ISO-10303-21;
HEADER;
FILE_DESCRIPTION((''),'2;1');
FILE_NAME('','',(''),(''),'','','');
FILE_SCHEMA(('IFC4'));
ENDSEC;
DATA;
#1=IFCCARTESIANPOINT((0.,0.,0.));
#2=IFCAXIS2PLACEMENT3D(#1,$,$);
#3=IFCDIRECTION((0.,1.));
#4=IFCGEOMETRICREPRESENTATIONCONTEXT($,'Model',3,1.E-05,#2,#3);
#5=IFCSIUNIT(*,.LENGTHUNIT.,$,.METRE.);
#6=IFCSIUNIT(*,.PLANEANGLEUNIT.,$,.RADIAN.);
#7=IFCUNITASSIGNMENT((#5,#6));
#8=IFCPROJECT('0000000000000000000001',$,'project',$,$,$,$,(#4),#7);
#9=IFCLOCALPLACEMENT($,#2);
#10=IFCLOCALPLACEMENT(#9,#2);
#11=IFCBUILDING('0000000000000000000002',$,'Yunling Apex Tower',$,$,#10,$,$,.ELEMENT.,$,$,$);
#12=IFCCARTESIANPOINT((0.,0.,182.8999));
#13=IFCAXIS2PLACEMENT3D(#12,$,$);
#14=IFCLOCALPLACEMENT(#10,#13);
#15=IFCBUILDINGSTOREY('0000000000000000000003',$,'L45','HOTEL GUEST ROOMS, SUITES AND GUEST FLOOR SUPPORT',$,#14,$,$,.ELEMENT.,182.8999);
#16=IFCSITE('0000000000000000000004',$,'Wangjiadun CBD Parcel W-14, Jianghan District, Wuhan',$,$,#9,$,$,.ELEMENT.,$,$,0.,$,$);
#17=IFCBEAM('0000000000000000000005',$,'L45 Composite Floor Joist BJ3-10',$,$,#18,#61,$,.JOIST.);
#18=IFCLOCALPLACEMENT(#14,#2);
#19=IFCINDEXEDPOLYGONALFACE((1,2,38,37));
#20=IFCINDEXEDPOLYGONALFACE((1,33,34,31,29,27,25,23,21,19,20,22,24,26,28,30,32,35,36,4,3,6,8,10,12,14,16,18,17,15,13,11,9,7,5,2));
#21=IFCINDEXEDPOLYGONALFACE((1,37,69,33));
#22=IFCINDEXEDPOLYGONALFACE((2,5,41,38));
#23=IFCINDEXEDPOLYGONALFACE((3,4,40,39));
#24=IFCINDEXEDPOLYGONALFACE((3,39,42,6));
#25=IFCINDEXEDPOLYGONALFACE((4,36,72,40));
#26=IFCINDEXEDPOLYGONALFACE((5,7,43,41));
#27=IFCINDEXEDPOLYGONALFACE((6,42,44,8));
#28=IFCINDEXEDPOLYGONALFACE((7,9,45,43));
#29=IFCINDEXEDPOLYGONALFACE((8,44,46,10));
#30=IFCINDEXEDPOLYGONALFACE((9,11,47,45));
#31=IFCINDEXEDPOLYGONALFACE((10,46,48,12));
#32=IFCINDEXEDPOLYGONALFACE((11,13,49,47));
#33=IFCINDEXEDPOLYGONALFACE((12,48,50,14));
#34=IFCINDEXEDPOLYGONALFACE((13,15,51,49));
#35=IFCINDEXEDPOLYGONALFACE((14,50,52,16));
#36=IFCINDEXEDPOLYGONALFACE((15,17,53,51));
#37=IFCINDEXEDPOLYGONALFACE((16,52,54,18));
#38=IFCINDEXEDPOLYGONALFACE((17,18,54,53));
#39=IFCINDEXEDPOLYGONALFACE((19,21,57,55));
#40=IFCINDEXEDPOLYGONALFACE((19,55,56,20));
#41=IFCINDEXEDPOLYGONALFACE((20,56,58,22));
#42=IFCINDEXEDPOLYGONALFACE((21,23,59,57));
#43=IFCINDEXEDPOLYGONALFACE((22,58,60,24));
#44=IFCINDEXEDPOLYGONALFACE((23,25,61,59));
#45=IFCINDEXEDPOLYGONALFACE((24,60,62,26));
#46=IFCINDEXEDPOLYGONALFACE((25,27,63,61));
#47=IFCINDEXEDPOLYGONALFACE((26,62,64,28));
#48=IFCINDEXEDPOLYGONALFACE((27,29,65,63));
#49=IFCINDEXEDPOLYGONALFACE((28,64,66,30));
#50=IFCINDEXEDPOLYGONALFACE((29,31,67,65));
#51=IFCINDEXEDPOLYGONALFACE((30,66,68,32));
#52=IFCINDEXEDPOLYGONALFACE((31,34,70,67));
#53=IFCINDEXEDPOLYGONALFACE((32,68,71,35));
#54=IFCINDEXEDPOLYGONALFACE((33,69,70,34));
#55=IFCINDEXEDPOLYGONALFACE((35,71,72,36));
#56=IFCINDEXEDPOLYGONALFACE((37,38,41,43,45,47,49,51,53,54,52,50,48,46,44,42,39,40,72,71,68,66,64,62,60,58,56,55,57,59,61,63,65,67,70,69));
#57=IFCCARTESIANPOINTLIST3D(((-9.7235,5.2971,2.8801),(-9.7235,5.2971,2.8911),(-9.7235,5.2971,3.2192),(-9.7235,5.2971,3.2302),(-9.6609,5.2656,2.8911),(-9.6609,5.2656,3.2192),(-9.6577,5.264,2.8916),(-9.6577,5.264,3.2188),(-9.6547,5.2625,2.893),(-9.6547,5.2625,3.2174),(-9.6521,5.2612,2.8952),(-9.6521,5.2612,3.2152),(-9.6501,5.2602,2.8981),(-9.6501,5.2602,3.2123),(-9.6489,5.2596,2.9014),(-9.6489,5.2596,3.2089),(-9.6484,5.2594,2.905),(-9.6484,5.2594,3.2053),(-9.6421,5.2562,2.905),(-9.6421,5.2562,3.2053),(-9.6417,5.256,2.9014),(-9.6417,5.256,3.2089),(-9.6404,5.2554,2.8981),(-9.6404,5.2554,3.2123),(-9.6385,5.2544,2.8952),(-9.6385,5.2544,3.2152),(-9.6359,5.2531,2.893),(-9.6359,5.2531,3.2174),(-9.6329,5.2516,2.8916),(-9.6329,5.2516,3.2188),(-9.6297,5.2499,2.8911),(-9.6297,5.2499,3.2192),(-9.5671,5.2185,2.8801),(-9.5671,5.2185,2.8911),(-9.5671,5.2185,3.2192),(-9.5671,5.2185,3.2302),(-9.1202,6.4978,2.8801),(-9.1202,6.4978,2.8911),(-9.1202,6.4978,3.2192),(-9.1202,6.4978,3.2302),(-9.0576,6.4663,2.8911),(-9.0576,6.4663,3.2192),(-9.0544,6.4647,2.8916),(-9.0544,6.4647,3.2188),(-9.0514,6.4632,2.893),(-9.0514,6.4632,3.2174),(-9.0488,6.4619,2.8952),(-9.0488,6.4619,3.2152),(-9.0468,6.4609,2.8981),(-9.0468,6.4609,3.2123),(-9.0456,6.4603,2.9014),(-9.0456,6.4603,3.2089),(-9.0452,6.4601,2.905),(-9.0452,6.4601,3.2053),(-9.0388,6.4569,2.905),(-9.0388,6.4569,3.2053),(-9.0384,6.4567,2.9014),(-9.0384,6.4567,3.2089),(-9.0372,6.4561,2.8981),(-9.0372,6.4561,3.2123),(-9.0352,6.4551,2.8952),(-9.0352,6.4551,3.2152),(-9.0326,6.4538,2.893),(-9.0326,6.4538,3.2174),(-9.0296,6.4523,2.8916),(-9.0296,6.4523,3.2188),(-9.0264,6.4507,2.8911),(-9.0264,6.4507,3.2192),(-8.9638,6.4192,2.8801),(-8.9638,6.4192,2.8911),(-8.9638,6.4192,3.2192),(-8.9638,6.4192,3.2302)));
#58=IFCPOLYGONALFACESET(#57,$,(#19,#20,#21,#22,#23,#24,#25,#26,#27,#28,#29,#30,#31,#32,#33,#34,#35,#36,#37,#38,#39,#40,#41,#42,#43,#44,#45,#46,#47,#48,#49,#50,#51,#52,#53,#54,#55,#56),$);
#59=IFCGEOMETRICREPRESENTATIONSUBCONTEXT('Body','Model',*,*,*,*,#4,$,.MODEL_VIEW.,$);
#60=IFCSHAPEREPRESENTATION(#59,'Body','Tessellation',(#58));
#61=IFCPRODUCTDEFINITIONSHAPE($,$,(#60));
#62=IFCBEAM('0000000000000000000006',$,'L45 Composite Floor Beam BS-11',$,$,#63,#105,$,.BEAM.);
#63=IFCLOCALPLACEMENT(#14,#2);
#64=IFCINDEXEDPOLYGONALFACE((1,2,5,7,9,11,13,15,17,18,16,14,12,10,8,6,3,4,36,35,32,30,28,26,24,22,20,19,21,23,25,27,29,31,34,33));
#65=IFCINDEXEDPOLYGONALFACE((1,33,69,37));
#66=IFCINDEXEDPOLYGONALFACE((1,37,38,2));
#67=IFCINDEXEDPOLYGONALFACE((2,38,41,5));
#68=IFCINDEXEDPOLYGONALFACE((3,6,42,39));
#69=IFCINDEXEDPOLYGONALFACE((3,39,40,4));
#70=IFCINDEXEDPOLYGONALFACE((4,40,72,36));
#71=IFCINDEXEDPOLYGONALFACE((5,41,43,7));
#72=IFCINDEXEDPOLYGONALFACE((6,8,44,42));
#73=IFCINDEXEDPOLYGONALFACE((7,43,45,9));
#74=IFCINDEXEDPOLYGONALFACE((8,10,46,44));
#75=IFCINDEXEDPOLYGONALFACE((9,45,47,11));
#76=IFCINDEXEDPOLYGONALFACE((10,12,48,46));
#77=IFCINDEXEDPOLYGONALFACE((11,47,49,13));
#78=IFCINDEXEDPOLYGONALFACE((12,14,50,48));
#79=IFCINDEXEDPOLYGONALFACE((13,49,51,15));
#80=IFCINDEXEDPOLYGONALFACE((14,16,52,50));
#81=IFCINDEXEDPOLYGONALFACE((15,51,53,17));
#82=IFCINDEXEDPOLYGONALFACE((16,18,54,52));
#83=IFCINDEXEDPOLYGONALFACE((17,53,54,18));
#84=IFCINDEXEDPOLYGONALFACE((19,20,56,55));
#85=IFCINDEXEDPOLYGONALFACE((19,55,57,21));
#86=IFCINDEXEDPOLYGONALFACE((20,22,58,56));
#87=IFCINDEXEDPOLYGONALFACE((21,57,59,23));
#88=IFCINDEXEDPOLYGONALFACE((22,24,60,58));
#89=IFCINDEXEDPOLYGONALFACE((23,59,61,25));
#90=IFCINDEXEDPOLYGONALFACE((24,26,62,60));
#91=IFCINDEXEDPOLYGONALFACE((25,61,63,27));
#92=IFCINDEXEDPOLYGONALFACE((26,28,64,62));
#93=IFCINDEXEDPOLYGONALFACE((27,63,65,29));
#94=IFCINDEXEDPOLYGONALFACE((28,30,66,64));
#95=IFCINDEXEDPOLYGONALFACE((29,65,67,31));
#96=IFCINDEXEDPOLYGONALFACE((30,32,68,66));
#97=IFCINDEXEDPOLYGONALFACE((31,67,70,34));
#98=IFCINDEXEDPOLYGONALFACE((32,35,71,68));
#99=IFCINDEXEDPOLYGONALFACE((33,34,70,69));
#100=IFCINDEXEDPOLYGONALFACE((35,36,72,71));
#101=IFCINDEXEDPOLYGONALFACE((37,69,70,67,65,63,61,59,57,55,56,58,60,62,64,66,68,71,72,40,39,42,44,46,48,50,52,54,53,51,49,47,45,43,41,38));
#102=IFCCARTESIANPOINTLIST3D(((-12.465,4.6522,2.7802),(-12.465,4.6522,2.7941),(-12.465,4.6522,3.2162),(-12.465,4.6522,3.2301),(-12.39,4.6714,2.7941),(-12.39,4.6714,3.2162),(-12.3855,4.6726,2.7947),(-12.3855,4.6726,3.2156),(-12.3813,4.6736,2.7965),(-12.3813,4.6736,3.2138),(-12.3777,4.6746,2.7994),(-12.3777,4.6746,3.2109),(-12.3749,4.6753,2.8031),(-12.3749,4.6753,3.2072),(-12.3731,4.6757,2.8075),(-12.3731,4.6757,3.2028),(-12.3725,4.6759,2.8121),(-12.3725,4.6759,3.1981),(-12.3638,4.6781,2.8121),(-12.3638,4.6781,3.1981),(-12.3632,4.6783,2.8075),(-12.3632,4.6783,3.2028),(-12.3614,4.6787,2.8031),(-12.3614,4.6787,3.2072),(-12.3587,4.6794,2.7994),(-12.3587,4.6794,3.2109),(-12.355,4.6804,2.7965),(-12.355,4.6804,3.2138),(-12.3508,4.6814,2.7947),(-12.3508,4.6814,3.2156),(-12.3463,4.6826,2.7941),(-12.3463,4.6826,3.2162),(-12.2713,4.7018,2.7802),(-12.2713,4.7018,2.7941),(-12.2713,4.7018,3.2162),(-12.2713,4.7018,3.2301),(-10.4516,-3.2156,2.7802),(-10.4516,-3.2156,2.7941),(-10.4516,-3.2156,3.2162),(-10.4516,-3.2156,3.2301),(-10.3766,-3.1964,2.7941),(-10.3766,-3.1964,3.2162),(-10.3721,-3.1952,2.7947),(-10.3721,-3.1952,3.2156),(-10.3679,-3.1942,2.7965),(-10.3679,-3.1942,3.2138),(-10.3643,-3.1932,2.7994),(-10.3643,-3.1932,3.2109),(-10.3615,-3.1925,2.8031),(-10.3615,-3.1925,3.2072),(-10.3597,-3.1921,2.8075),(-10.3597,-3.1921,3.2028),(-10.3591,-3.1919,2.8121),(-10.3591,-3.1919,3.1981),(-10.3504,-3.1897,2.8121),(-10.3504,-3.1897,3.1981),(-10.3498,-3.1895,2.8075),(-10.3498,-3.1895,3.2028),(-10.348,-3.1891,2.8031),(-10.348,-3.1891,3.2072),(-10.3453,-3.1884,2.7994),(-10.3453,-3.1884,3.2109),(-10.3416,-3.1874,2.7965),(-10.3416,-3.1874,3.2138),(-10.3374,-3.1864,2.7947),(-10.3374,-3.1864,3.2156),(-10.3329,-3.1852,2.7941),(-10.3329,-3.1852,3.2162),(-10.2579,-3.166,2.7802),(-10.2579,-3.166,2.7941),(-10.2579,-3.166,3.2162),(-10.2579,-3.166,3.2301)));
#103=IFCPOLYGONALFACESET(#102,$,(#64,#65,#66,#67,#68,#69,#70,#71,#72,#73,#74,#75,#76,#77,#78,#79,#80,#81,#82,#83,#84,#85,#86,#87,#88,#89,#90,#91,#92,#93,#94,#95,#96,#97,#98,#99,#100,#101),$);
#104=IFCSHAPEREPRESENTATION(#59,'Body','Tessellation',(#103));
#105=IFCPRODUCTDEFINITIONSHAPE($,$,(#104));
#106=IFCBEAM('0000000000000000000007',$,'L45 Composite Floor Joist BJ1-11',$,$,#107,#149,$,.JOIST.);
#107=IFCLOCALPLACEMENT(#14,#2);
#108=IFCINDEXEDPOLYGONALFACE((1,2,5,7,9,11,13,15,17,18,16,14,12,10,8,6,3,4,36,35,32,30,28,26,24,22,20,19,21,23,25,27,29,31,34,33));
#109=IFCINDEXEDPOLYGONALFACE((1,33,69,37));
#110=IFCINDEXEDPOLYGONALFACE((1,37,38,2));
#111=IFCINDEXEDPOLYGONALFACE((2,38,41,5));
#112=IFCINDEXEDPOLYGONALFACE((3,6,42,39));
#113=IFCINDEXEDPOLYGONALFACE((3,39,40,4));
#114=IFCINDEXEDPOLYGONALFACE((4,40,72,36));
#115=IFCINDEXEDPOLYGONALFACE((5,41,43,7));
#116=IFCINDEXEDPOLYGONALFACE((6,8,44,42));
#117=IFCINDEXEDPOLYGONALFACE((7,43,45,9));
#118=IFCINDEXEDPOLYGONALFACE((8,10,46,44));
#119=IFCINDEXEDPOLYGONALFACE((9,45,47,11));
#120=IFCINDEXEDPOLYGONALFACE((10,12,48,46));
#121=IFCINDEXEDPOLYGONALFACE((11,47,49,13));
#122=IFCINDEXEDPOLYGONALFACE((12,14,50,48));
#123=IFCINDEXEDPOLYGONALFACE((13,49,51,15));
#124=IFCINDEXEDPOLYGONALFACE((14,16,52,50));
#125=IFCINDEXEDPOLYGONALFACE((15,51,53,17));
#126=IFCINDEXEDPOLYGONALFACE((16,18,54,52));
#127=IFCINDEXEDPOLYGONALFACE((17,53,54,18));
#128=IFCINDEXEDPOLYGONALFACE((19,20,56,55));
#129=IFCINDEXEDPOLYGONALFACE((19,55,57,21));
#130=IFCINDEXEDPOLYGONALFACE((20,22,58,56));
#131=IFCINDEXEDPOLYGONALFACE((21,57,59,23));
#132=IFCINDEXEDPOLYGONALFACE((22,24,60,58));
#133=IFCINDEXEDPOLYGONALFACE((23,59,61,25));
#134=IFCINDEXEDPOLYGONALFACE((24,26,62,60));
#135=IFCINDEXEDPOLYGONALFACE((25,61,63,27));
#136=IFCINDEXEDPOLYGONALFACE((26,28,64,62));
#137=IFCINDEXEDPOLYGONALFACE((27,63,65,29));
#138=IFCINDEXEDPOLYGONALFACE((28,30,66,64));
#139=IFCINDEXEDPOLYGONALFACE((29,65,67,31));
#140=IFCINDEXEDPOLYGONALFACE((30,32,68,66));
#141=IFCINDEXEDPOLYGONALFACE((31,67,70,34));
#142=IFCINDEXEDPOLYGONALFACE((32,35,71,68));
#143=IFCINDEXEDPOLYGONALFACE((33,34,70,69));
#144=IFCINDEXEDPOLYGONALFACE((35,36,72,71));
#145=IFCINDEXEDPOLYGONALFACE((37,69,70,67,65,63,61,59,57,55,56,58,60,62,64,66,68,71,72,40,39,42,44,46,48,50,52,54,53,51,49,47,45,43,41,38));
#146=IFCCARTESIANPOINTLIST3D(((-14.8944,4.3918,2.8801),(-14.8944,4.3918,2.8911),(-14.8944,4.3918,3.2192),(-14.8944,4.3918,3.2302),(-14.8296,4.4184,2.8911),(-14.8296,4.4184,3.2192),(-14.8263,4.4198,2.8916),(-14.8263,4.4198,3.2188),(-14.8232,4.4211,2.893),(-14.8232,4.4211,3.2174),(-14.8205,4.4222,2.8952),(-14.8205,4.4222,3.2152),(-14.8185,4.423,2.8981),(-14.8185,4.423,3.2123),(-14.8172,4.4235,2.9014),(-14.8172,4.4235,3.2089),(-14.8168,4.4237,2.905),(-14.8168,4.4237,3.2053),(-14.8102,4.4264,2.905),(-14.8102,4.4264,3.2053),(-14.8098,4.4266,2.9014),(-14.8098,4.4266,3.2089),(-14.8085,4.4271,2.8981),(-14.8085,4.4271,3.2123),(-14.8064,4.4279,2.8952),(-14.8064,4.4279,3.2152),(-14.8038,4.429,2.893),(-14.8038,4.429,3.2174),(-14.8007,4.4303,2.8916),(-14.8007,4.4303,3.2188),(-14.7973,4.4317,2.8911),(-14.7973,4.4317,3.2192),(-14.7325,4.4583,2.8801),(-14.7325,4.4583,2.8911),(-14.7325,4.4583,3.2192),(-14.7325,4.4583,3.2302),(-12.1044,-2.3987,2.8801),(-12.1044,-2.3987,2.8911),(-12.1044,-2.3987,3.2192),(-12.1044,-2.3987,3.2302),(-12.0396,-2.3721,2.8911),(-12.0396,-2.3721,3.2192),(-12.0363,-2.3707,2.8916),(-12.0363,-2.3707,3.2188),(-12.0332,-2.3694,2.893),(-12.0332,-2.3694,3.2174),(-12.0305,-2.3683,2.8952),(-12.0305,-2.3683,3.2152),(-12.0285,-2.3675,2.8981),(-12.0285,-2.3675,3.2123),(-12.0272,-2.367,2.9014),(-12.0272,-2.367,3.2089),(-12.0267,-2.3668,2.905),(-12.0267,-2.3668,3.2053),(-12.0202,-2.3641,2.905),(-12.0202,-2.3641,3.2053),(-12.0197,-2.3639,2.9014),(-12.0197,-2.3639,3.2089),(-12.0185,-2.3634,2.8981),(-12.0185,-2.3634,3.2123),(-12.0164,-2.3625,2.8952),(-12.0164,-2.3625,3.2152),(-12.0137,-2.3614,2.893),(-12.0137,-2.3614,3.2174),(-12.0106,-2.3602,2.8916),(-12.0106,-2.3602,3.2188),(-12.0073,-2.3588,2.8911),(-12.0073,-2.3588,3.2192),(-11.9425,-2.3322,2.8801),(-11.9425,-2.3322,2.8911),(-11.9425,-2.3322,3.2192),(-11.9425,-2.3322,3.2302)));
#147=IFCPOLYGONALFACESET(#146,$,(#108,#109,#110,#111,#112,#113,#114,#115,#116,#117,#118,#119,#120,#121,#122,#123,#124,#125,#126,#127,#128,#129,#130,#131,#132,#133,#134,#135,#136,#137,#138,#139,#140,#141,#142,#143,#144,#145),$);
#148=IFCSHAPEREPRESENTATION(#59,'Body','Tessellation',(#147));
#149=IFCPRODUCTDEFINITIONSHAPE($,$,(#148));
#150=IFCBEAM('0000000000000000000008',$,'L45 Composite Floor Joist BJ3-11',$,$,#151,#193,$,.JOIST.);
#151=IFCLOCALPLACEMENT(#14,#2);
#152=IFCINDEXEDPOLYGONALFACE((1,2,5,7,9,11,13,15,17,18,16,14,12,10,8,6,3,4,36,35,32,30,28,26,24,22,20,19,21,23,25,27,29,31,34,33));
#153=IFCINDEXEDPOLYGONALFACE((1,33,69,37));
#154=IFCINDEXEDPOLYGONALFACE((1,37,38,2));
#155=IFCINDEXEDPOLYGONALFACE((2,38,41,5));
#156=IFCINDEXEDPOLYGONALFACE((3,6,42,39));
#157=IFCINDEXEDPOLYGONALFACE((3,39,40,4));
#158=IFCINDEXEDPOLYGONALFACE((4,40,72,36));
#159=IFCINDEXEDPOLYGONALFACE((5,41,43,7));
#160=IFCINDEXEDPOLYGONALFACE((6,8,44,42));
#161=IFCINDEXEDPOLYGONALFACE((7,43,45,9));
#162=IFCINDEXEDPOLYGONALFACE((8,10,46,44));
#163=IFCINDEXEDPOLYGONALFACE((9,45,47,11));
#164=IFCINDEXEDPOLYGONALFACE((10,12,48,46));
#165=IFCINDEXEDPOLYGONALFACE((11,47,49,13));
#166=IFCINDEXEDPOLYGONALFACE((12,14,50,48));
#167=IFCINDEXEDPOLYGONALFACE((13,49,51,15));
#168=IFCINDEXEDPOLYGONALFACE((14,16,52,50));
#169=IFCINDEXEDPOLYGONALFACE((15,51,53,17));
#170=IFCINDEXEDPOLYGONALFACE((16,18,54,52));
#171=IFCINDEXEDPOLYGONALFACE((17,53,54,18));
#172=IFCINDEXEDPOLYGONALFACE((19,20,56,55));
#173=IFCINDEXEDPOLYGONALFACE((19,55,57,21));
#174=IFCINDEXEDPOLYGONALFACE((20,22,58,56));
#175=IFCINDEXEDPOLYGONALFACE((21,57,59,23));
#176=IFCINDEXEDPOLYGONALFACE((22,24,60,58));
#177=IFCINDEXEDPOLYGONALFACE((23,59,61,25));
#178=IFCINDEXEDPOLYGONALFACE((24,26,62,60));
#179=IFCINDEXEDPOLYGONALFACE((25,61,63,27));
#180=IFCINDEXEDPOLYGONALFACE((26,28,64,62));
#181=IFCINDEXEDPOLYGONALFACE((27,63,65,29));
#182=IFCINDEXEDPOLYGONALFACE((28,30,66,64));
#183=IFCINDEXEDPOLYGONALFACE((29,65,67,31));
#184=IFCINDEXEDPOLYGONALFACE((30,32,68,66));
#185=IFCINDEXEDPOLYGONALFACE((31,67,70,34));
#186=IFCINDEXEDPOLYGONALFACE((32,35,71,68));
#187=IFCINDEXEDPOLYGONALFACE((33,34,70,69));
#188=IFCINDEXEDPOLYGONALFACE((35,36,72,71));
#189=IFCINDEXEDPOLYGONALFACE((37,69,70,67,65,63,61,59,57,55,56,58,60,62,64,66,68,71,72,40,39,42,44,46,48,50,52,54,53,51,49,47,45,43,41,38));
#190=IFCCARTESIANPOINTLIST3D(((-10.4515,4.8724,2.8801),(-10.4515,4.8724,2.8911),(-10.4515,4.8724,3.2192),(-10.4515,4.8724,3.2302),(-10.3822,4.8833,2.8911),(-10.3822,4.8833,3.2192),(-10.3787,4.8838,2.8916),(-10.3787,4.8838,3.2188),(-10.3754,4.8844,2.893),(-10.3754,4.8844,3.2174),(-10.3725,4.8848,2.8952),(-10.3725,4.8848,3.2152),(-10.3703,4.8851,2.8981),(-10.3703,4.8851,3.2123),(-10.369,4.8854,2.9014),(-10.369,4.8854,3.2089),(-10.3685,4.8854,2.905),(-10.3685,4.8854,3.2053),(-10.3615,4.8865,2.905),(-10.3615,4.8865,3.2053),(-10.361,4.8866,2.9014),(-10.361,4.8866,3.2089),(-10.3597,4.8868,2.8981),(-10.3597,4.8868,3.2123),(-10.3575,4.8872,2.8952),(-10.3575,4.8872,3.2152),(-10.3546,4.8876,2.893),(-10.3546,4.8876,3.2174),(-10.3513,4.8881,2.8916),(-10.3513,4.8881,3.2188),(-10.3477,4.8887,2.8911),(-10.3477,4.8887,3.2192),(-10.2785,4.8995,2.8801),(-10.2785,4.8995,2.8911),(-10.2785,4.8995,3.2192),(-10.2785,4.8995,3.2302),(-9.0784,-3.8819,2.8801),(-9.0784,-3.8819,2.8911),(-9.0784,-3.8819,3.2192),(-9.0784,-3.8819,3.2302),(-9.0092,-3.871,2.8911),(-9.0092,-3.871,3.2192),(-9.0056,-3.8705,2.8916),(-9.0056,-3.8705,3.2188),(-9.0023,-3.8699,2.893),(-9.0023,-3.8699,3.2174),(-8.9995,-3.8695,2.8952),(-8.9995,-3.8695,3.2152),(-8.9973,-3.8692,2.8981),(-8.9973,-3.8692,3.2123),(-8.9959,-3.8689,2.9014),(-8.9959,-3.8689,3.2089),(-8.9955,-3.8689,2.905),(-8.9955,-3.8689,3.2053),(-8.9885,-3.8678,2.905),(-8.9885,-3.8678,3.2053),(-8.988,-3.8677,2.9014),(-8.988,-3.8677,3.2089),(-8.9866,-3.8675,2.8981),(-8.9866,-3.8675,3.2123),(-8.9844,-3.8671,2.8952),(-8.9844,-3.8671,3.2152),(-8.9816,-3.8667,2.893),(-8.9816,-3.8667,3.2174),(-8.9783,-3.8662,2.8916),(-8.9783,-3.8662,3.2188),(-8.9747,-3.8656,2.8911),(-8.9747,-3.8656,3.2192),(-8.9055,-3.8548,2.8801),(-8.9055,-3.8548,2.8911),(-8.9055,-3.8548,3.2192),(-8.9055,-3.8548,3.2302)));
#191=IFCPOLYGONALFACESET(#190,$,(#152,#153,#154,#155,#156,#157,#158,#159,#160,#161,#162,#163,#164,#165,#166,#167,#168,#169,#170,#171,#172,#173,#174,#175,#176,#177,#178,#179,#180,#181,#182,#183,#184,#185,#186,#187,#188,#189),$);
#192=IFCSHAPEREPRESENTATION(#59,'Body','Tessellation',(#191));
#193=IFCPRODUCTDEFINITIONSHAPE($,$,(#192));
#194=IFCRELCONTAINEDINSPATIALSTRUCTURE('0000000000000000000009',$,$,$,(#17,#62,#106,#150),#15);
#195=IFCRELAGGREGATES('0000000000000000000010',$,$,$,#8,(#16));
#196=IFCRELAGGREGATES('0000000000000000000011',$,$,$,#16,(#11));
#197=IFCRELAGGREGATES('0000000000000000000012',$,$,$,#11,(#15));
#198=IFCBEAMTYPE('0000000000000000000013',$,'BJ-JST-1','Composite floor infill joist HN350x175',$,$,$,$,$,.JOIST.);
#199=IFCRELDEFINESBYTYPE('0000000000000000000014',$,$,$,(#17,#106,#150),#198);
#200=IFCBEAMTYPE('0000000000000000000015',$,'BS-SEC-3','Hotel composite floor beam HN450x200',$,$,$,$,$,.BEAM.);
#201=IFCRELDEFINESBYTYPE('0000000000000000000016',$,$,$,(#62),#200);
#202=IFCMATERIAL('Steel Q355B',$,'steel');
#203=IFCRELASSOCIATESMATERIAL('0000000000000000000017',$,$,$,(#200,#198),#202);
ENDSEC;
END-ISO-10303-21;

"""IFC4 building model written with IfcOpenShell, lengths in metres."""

from ifc_helpers import new_model, si_unit, direction, frame, origin, origin_2d, place, context, subcontext, project, spatial, i_section, extrude, source, transform, mapped, material, material_profile, profile_set, type_object, element, save


model = new_model("IFC4")

# Units and contexts
model_context = context("Model", 3, precision=1e-05, world=origin(), true_north=direction((0.0, 1.0)))
body_context = subcontext(model_context, "Body", "Model", "MODEL_VIEW")
ifc_project = project(units=[si_unit("LENGTHUNIT", "METRE"), si_unit("PLANEANGLEUNIT", "RADIAN")], contexts=[model_context])

# Site, building, storey
site_placement = place(None, origin())
site = spatial("IfcSite", under=ifc_project, at=site_placement, Name="Wangjiadun CBD Parcel W-14, Jianghan District, Wuhan", CompositionType="ELEMENT", RefElevation=0.0)
building_placement = place(site_placement, origin())
building = spatial("IfcBuilding", under=site, at=building_placement, Name="Yunling Apex Tower", CompositionType="ELEMENT")
storey_placement = place(building_placement, frame((0.0, 0.0, 182.8999)))
storey = spatial("IfcBuildingStorey", under=building, at=storey_placement, Name="L45", Description="HOTEL GUEST ROOMS, SUITES AND GUEST FLOOR SUPPORT", CompositionType="ELEMENT", Elevation=182.8999)

# Beams
ifc_material_1 = material(Name="Steel Q355B", Category="steel")
ifc_material_profile_1 = material_profile(ifc_material_1, i_section(OverallWidth=0.2, OverallDepth=0.45, WebThickness=0.009, FlangeThickness=0.0139, FilletRadius=0.0181, at=origin_2d()))
ifc_profile_set_1 = profile_set([ifc_material_profile_1], Name="Steel Q355B")
beam_type_1 = type_object("IfcBeamType", Name="BS-SEC-3", Description="Hotel composite floor beam HN450x200", PredefinedType="BEAM", material=ifc_profile_set_1)
ifc_material_profile_2 = material_profile(ifc_material_1, i_section(OverallWidth=0.175, OverallDepth=0.3501, WebThickness=0.0071, FlangeThickness=0.011, FilletRadius=0.0139, at=origin_2d()))
ifc_profile_set_2 = profile_set([ifc_material_profile_2], Name="Steel Q355B")
beam_type_2 = type_object("IfcBeamType", Name="BJ-JST-1", Description="Composite floor infill joist HN350x175", PredefinedType="JOIST", material=ifc_profile_set_2)
shared_shape_1 = source(origin(), body_context, "Body", "SweptSolid", [
    extrude(i_section(OverallWidth=0.175, OverallDepth=0.3501, WebThickness=0.0071, FlangeThickness=0.011, FilletRadius=0.0139, at=origin_2d()), origin(), (0.0, 0.0, 1.0), 1.3438),
])
beam_1_placement = place(storey_placement, frame((-9.042, 6.4585, 3.0552), z_axis=(-0.448957, -0.893553, 0.0), x_axis=(0.893553, -0.448957, 0.0)))
element("IfcBeam", 1, at=beam_1_placement, inside=storey, type_object=beam_type_2, Name="L45 Composite Floor Joist BJ3-10", PredefinedType="JOIST", context=body_context, shape_type="MappedRepresentation", body=[
    mapped(shared_shape_1, transform((0.0, 0.0, 0.0), scale=1.0)),
])
shared_shape_2 = source(origin(), body_context, "Body", "SweptSolid", [
    extrude(i_section(OverallWidth=0.2, OverallDepth=0.45, WebThickness=0.009, FlangeThickness=0.0139, FilletRadius=0.0181, at=origin_2d()), origin(), (0.0, 0.0, 1.0), 8.1213),
])
beam_2_placement = place(storey_placement, frame((-12.3682, 4.677, 3.0051), z_axis=(0.247915, -0.968782, 0.0), x_axis=(0.968782, 0.247915, 0.0)))
element("IfcBeam", 2, at=beam_2_placement, inside=storey, type_object=beam_type_1, Name="L45 Composite Floor Beam BS-11", PredefinedType="BEAM", context=body_context, shape_type="MappedRepresentation", body=[
    mapped(shared_shape_2, transform((0.0, 0.0, 0.0), scale=1.0)),
])
shared_shape_3 = source(origin(), body_context, "Body", "SweptSolid", [
    extrude(i_section(OverallWidth=0.175, OverallDepth=0.3501, WebThickness=0.0071, FlangeThickness=0.011, FilletRadius=0.0139, at=origin_2d()), origin(), (0.0, 0.0, 1.0), 7.3413),
])
beam_3_placement = place(storey_placement, frame((-14.8135, 4.425, 3.0552), z_axis=(0.380044, -0.924968, 0.0), x_axis=(0.924968, 0.380044, 0.0)))
element("IfcBeam", 3, at=beam_3_placement, inside=storey, type_object=beam_type_2, Name="L45 Composite Floor Joist BJ1-11", PredefinedType="JOIST", context=body_context, shape_type="MappedRepresentation", body=[
    mapped(shared_shape_3, transform((0.0, 0.0, 0.0), scale=1.0)),
])
shared_shape_4 = source(origin(), body_context, "Body", "SweptSolid", [
    extrude(i_section(OverallWidth=0.175, OverallDepth=0.3501, WebThickness=0.0071, FlangeThickness=0.011, FilletRadius=0.0139, at=origin_2d()), origin(), (0.0, 0.0, 1.0), 8.8613),
])
beam_4_placement = place(storey_placement, frame((-10.365, 4.886, 3.0552), z_axis=(0.154947, -0.987923, 0.0), x_axis=(0.987923, 0.154947, 0.0)))
element("IfcBeam", 4, at=beam_4_placement, inside=storey, type_object=beam_type_2, Name="L45 Composite Floor Joist BJ3-11", PredefinedType="JOIST", context=body_context, shape_type="MappedRepresentation", body=[
    mapped(shared_shape_4, transform((0.0, 0.0, 0.0), scale=1.0)),
])

save(model, "model.ifc")
